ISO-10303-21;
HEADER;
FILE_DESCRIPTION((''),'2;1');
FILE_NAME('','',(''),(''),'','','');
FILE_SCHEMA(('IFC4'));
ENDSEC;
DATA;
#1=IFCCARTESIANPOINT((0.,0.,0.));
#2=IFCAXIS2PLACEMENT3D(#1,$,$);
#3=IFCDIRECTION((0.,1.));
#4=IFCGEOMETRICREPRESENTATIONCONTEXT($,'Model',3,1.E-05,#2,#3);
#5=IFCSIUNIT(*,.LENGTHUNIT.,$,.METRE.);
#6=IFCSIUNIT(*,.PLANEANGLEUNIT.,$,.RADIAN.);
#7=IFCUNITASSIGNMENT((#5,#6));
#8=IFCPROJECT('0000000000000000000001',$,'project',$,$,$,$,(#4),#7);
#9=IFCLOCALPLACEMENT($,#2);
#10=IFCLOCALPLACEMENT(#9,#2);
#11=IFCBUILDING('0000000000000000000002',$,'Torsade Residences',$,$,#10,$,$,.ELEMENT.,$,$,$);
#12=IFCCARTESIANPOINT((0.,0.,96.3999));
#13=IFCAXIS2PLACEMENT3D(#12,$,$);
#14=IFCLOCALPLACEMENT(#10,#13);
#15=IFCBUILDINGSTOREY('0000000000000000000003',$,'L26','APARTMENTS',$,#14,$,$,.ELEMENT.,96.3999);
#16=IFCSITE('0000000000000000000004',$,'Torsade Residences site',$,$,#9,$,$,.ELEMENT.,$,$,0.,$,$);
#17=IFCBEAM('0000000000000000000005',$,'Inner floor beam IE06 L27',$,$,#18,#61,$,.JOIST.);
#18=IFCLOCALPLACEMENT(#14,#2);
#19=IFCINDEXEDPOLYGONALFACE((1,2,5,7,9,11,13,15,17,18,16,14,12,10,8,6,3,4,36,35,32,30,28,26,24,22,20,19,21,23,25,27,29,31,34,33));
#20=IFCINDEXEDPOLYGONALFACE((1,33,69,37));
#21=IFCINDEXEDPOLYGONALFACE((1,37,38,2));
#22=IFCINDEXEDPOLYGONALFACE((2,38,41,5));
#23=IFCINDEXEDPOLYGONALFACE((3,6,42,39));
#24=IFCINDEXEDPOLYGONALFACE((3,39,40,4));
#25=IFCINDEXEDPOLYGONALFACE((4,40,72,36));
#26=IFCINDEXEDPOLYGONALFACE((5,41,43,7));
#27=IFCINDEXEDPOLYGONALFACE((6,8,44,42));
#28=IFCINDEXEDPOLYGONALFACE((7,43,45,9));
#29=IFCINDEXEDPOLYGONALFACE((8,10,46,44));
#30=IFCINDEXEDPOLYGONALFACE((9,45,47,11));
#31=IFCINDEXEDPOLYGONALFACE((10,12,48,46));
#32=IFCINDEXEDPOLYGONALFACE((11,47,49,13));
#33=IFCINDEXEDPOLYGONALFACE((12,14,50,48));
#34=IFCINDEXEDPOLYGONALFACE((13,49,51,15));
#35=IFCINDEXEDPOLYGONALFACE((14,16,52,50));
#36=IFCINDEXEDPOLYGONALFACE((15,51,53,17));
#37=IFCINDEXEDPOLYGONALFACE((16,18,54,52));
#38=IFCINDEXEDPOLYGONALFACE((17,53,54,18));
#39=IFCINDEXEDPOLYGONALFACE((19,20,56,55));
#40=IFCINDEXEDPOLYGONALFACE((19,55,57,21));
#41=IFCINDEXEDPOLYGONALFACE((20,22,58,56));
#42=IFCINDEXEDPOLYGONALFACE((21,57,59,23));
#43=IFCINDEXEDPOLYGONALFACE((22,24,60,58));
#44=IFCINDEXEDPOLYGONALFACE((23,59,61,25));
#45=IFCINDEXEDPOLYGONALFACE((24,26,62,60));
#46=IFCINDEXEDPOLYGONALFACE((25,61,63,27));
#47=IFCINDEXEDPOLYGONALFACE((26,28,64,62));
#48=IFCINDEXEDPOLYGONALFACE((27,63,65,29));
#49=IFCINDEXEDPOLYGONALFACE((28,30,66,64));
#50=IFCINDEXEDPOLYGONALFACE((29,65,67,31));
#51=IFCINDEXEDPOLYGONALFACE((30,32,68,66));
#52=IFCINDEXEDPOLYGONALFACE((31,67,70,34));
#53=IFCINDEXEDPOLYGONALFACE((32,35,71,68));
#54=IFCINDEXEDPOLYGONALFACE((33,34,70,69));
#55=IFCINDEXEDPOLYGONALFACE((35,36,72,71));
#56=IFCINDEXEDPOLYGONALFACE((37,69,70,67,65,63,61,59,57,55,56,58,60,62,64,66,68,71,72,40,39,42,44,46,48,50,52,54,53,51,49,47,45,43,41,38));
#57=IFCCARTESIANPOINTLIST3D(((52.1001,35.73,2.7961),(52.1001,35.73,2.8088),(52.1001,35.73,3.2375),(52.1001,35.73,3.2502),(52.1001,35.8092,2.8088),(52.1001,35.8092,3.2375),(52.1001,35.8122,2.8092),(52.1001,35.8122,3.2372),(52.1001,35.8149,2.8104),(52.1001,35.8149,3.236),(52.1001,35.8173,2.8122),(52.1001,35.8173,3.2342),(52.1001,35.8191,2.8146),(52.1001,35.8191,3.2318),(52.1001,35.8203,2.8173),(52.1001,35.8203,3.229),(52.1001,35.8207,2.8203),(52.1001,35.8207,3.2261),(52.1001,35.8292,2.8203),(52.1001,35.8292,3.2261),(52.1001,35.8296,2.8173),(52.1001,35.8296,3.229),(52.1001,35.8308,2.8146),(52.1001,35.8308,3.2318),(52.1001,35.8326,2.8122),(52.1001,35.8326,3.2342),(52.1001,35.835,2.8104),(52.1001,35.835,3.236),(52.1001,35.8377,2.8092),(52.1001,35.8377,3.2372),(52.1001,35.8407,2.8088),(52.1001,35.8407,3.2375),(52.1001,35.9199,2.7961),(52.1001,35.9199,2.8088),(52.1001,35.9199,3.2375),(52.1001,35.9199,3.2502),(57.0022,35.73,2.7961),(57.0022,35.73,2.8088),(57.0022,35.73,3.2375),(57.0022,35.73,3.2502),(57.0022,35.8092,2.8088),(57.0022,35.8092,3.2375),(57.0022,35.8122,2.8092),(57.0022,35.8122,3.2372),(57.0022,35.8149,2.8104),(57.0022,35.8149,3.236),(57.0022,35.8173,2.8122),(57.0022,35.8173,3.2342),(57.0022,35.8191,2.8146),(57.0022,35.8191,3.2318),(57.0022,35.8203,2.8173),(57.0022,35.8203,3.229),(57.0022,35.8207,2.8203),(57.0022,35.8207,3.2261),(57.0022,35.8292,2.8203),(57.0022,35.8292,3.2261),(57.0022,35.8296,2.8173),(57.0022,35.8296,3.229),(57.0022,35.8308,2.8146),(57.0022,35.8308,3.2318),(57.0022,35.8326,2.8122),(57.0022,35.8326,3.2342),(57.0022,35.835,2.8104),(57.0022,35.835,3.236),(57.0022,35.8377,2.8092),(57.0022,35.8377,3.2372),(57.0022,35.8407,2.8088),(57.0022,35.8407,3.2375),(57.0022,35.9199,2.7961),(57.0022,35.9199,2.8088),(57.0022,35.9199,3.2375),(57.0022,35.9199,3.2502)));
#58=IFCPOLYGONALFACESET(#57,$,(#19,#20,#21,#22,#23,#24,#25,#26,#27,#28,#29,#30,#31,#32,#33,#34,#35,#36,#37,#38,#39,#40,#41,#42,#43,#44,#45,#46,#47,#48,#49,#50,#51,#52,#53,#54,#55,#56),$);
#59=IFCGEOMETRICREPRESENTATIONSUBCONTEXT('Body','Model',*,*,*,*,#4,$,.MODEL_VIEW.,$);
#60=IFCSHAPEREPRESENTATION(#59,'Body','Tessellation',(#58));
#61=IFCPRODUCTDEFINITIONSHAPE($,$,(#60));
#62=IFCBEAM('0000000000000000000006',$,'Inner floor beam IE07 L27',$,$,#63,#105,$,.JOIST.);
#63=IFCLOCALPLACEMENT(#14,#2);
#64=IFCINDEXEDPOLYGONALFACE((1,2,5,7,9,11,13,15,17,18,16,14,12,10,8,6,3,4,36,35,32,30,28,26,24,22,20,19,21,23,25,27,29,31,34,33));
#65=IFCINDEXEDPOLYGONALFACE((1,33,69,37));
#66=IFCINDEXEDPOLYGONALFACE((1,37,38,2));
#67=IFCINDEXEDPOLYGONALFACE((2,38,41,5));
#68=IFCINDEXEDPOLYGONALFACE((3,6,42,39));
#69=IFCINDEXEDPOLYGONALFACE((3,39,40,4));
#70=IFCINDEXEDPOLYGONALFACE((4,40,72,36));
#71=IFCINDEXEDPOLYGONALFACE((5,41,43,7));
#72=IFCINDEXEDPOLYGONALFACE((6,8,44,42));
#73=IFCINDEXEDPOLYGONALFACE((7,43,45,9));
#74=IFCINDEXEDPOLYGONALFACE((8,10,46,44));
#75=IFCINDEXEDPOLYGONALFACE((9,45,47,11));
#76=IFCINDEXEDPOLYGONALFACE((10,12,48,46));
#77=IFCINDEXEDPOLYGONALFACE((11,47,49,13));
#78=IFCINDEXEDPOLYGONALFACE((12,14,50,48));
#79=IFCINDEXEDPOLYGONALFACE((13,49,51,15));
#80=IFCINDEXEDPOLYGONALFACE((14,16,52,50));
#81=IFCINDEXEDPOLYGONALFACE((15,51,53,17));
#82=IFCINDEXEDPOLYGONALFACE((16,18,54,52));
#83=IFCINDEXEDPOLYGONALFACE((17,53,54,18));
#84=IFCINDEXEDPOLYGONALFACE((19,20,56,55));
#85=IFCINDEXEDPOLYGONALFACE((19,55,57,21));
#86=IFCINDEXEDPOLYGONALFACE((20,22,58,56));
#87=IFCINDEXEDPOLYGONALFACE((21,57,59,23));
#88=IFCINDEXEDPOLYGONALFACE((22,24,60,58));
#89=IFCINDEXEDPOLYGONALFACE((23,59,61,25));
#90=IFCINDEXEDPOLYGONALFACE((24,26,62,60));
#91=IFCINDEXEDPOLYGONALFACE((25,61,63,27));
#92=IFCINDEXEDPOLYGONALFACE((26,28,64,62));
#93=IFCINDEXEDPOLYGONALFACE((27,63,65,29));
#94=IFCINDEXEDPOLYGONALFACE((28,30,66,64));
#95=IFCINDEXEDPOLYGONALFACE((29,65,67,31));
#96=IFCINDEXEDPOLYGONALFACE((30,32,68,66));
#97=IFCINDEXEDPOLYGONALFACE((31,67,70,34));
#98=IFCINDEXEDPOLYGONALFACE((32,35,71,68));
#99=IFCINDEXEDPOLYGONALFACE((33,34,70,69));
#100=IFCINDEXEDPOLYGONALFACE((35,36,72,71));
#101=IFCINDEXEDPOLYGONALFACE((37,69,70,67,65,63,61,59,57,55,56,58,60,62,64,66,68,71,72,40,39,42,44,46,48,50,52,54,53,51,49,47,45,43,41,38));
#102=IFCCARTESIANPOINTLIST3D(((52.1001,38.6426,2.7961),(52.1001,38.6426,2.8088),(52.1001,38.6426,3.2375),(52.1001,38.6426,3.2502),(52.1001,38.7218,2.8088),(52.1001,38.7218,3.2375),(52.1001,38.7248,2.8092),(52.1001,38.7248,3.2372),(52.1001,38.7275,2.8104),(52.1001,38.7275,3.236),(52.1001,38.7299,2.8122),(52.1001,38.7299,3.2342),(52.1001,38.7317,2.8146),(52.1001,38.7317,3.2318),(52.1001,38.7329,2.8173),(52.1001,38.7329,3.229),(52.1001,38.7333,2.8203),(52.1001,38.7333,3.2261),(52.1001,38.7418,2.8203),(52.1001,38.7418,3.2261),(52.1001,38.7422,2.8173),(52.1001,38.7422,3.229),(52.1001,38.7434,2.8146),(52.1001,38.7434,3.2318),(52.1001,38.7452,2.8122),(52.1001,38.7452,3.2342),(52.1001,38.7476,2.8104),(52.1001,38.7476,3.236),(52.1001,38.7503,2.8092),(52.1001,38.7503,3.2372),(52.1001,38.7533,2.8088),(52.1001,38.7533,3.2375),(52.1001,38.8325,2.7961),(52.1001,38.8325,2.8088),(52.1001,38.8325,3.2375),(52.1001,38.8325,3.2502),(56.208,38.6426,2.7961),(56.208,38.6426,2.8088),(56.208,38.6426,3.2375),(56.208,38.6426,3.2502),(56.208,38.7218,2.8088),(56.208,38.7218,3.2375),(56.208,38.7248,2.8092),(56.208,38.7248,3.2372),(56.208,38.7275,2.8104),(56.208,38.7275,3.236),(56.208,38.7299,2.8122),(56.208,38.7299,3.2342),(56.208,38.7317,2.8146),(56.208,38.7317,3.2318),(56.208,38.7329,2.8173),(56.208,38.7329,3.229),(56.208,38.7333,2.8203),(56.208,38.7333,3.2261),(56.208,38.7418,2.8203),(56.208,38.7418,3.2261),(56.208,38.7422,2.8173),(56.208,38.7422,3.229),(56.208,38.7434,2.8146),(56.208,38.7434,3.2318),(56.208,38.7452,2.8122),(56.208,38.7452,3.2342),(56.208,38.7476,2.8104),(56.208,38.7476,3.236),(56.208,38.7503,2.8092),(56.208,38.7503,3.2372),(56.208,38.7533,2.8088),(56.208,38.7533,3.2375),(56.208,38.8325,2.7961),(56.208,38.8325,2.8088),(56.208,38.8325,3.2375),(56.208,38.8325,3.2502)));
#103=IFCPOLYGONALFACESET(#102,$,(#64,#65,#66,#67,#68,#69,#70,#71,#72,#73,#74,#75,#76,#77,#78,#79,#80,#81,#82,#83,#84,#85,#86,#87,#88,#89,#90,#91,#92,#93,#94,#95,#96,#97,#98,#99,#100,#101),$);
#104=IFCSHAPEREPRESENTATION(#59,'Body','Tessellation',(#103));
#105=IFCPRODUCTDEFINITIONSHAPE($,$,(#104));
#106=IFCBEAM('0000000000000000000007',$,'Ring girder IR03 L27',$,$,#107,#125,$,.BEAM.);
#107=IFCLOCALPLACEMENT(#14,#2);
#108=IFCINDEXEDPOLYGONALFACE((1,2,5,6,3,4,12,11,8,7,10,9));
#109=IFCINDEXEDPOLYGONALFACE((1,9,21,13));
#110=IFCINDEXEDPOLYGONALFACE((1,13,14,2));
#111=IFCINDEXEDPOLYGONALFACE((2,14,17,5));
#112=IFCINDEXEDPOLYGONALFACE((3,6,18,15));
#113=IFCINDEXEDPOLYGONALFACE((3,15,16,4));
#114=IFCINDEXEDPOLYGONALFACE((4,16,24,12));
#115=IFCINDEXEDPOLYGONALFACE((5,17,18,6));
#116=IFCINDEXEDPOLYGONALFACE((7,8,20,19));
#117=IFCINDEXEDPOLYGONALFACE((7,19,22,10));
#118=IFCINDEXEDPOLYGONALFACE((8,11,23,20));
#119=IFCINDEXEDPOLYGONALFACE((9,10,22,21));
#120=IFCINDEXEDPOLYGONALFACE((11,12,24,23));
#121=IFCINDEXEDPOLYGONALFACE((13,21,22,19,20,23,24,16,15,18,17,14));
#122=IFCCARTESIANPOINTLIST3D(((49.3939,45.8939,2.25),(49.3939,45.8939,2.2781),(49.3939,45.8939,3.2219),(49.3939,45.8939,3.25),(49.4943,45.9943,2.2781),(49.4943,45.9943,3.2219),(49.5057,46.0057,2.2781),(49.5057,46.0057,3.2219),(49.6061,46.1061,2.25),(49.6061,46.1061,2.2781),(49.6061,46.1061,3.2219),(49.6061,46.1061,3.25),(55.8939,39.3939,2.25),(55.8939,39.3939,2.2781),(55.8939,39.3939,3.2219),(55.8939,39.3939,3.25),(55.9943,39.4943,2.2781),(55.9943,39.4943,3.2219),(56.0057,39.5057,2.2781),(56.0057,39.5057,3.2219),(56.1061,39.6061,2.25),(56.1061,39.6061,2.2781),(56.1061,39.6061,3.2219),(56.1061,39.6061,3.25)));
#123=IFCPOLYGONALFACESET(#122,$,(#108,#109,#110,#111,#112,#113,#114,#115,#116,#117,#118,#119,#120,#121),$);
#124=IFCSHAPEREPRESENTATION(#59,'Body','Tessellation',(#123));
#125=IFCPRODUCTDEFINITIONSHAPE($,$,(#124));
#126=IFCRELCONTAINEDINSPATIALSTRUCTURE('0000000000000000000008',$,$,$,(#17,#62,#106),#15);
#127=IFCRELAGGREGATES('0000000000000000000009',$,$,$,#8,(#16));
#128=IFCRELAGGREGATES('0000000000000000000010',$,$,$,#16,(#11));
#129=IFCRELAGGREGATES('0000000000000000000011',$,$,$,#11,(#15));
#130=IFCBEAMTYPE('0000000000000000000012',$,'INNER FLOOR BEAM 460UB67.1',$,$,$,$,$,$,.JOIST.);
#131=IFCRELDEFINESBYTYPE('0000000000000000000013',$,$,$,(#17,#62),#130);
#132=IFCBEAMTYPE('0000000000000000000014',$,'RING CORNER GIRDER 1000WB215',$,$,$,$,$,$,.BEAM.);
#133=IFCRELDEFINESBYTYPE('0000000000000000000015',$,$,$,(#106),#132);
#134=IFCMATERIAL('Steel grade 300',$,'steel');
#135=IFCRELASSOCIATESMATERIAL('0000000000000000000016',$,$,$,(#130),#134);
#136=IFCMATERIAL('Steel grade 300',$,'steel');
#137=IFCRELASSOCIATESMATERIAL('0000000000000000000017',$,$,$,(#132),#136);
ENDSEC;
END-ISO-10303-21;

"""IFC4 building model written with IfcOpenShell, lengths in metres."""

from ifc_helpers import new_model, si_unit, direction, frame, origin, origin_2d, place, context, subcontext, project, spatial, i_section, extrude, material, material_profile, profile_set, type_object, element, save


model = new_model("IFC4")

# Units and contexts
model_context = context("Model", 3, precision=1e-05, world=origin(), true_north=direction((0.0, 1.0)))
body_context = subcontext(model_context, "Body", "Model", "MODEL_VIEW")
ifc_project = project(units=[si_unit("LENGTHUNIT", "METRE"), si_unit("PLANEANGLEUNIT", "RADIAN")], contexts=[model_context])

# Site, building, storey
site_placement = place(None, origin())
site = spatial("IfcSite", under=ifc_project, at=site_placement, Name="Torsade Residences site", CompositionType="ELEMENT", RefElevation=0.0)
building_placement = place(site_placement, origin())
building = spatial("IfcBuilding", under=site, at=building_placement, Name="Torsade Residences", CompositionType="ELEMENT")
storey_placement = place(building_placement, frame((0.0, 0.0, 96.3999)))
storey = spatial("IfcBuildingStorey", under=building, at=storey_placement, Name="L26", Description="APARTMENTS", CompositionType="ELEMENT", Elevation=96.3999)

# Beams
ifc_material_1 = material(Name="Steel grade 300", Category="steel")
ifc_material_profile_1 = material_profile(ifc_material_1, i_section(OverallWidth=0.1899, OverallDepth=0.4541, WebThickness=0.0085, FlangeThickness=0.0127, FilletRadius=0.0115, at=origin_2d()), Name="460UB67.1")
ifc_profile_set_1 = profile_set([ifc_material_profile_1], Name="Steel grade 300")
beam_type_1 = type_object("IfcBeamType", Name="INNER FLOOR BEAM 460UB67.1", PredefinedType="JOIST", material=ifc_profile_set_1)
beam_1_placement = place(storey_placement, frame((52.1001, 35.825, 3.0232), z_axis=(1.0, 0.0, 0.0), x_axis=(0.0, 1.0, 0.0)))
element("IfcBeam", 1, at=beam_1_placement, inside=storey, type_object=beam_type_1, Name="Inner floor beam IE06 L27", PredefinedType="JOIST", context=body_context, shape_type="SweptSolid", body=[
    extrude(i_section(OverallWidth=0.1899, OverallDepth=0.4541, WebThickness=0.0085, FlangeThickness=0.0127, FilletRadius=0.0115, at=origin_2d()), origin(), (0.0, 0.0, 1.0), 4.9021),
])
beam_2_placement = place(storey_placement, frame((52.1001, 38.7375, 3.0232), z_axis=(1.0, 0.0, 0.0), x_axis=(0.0, 1.0, 0.0)))
element("IfcBeam", 2, at=beam_2_placement, inside=storey, type_object=beam_type_1, Name="Inner floor beam IE07 L27", PredefinedType="JOIST", context=body_context, shape_type="SweptSolid", body=[
    extrude(i_section(OverallWidth=0.1899, OverallDepth=0.4541, WebThickness=0.0085, FlangeThickness=0.0127, FilletRadius=0.0115, at=origin_2d()), origin(), (0.0, 0.0, 1.0), 4.1079),
])
ifc_material_2 = material(Name="Steel grade 300", Category="steel")
ifc_material_profile_2 = material_profile(ifc_material_2, i_section(OverallWidth=0.3, OverallDepth=1.0, WebThickness=0.0161, FlangeThickness=0.0281, at=origin_2d()), Name="1000WB215")
ifc_profile_set_2 = profile_set([ifc_material_profile_2], Name="Steel grade 300")
beam_type_2 = type_object("IfcBeamType", Name="RING CORNER GIRDER 1000WB215", PredefinedType="BEAM", material=ifc_profile_set_2)
beam_3_placement = place(storey_placement, frame((56.0, 39.5, 2.75), z_axis=(-0.707107, 0.707107, 0.0), x_axis=(-0.707107, -0.707107, 0.0)))
element("IfcBeam", 3, at=beam_3_placement, inside=storey, type_object=beam_type_2, Name="Ring girder IR03 L27", PredefinedType="BEAM", context=body_context, shape_type="SweptSolid", body=[
    extrude(i_section(OverallWidth=0.3, OverallDepth=1.0, WebThickness=0.0161, FlangeThickness=0.0281, at=origin_2d()), origin(), (0.0, 0.0, 1.0), 9.1924),
])

save(model, "model.ifc")
